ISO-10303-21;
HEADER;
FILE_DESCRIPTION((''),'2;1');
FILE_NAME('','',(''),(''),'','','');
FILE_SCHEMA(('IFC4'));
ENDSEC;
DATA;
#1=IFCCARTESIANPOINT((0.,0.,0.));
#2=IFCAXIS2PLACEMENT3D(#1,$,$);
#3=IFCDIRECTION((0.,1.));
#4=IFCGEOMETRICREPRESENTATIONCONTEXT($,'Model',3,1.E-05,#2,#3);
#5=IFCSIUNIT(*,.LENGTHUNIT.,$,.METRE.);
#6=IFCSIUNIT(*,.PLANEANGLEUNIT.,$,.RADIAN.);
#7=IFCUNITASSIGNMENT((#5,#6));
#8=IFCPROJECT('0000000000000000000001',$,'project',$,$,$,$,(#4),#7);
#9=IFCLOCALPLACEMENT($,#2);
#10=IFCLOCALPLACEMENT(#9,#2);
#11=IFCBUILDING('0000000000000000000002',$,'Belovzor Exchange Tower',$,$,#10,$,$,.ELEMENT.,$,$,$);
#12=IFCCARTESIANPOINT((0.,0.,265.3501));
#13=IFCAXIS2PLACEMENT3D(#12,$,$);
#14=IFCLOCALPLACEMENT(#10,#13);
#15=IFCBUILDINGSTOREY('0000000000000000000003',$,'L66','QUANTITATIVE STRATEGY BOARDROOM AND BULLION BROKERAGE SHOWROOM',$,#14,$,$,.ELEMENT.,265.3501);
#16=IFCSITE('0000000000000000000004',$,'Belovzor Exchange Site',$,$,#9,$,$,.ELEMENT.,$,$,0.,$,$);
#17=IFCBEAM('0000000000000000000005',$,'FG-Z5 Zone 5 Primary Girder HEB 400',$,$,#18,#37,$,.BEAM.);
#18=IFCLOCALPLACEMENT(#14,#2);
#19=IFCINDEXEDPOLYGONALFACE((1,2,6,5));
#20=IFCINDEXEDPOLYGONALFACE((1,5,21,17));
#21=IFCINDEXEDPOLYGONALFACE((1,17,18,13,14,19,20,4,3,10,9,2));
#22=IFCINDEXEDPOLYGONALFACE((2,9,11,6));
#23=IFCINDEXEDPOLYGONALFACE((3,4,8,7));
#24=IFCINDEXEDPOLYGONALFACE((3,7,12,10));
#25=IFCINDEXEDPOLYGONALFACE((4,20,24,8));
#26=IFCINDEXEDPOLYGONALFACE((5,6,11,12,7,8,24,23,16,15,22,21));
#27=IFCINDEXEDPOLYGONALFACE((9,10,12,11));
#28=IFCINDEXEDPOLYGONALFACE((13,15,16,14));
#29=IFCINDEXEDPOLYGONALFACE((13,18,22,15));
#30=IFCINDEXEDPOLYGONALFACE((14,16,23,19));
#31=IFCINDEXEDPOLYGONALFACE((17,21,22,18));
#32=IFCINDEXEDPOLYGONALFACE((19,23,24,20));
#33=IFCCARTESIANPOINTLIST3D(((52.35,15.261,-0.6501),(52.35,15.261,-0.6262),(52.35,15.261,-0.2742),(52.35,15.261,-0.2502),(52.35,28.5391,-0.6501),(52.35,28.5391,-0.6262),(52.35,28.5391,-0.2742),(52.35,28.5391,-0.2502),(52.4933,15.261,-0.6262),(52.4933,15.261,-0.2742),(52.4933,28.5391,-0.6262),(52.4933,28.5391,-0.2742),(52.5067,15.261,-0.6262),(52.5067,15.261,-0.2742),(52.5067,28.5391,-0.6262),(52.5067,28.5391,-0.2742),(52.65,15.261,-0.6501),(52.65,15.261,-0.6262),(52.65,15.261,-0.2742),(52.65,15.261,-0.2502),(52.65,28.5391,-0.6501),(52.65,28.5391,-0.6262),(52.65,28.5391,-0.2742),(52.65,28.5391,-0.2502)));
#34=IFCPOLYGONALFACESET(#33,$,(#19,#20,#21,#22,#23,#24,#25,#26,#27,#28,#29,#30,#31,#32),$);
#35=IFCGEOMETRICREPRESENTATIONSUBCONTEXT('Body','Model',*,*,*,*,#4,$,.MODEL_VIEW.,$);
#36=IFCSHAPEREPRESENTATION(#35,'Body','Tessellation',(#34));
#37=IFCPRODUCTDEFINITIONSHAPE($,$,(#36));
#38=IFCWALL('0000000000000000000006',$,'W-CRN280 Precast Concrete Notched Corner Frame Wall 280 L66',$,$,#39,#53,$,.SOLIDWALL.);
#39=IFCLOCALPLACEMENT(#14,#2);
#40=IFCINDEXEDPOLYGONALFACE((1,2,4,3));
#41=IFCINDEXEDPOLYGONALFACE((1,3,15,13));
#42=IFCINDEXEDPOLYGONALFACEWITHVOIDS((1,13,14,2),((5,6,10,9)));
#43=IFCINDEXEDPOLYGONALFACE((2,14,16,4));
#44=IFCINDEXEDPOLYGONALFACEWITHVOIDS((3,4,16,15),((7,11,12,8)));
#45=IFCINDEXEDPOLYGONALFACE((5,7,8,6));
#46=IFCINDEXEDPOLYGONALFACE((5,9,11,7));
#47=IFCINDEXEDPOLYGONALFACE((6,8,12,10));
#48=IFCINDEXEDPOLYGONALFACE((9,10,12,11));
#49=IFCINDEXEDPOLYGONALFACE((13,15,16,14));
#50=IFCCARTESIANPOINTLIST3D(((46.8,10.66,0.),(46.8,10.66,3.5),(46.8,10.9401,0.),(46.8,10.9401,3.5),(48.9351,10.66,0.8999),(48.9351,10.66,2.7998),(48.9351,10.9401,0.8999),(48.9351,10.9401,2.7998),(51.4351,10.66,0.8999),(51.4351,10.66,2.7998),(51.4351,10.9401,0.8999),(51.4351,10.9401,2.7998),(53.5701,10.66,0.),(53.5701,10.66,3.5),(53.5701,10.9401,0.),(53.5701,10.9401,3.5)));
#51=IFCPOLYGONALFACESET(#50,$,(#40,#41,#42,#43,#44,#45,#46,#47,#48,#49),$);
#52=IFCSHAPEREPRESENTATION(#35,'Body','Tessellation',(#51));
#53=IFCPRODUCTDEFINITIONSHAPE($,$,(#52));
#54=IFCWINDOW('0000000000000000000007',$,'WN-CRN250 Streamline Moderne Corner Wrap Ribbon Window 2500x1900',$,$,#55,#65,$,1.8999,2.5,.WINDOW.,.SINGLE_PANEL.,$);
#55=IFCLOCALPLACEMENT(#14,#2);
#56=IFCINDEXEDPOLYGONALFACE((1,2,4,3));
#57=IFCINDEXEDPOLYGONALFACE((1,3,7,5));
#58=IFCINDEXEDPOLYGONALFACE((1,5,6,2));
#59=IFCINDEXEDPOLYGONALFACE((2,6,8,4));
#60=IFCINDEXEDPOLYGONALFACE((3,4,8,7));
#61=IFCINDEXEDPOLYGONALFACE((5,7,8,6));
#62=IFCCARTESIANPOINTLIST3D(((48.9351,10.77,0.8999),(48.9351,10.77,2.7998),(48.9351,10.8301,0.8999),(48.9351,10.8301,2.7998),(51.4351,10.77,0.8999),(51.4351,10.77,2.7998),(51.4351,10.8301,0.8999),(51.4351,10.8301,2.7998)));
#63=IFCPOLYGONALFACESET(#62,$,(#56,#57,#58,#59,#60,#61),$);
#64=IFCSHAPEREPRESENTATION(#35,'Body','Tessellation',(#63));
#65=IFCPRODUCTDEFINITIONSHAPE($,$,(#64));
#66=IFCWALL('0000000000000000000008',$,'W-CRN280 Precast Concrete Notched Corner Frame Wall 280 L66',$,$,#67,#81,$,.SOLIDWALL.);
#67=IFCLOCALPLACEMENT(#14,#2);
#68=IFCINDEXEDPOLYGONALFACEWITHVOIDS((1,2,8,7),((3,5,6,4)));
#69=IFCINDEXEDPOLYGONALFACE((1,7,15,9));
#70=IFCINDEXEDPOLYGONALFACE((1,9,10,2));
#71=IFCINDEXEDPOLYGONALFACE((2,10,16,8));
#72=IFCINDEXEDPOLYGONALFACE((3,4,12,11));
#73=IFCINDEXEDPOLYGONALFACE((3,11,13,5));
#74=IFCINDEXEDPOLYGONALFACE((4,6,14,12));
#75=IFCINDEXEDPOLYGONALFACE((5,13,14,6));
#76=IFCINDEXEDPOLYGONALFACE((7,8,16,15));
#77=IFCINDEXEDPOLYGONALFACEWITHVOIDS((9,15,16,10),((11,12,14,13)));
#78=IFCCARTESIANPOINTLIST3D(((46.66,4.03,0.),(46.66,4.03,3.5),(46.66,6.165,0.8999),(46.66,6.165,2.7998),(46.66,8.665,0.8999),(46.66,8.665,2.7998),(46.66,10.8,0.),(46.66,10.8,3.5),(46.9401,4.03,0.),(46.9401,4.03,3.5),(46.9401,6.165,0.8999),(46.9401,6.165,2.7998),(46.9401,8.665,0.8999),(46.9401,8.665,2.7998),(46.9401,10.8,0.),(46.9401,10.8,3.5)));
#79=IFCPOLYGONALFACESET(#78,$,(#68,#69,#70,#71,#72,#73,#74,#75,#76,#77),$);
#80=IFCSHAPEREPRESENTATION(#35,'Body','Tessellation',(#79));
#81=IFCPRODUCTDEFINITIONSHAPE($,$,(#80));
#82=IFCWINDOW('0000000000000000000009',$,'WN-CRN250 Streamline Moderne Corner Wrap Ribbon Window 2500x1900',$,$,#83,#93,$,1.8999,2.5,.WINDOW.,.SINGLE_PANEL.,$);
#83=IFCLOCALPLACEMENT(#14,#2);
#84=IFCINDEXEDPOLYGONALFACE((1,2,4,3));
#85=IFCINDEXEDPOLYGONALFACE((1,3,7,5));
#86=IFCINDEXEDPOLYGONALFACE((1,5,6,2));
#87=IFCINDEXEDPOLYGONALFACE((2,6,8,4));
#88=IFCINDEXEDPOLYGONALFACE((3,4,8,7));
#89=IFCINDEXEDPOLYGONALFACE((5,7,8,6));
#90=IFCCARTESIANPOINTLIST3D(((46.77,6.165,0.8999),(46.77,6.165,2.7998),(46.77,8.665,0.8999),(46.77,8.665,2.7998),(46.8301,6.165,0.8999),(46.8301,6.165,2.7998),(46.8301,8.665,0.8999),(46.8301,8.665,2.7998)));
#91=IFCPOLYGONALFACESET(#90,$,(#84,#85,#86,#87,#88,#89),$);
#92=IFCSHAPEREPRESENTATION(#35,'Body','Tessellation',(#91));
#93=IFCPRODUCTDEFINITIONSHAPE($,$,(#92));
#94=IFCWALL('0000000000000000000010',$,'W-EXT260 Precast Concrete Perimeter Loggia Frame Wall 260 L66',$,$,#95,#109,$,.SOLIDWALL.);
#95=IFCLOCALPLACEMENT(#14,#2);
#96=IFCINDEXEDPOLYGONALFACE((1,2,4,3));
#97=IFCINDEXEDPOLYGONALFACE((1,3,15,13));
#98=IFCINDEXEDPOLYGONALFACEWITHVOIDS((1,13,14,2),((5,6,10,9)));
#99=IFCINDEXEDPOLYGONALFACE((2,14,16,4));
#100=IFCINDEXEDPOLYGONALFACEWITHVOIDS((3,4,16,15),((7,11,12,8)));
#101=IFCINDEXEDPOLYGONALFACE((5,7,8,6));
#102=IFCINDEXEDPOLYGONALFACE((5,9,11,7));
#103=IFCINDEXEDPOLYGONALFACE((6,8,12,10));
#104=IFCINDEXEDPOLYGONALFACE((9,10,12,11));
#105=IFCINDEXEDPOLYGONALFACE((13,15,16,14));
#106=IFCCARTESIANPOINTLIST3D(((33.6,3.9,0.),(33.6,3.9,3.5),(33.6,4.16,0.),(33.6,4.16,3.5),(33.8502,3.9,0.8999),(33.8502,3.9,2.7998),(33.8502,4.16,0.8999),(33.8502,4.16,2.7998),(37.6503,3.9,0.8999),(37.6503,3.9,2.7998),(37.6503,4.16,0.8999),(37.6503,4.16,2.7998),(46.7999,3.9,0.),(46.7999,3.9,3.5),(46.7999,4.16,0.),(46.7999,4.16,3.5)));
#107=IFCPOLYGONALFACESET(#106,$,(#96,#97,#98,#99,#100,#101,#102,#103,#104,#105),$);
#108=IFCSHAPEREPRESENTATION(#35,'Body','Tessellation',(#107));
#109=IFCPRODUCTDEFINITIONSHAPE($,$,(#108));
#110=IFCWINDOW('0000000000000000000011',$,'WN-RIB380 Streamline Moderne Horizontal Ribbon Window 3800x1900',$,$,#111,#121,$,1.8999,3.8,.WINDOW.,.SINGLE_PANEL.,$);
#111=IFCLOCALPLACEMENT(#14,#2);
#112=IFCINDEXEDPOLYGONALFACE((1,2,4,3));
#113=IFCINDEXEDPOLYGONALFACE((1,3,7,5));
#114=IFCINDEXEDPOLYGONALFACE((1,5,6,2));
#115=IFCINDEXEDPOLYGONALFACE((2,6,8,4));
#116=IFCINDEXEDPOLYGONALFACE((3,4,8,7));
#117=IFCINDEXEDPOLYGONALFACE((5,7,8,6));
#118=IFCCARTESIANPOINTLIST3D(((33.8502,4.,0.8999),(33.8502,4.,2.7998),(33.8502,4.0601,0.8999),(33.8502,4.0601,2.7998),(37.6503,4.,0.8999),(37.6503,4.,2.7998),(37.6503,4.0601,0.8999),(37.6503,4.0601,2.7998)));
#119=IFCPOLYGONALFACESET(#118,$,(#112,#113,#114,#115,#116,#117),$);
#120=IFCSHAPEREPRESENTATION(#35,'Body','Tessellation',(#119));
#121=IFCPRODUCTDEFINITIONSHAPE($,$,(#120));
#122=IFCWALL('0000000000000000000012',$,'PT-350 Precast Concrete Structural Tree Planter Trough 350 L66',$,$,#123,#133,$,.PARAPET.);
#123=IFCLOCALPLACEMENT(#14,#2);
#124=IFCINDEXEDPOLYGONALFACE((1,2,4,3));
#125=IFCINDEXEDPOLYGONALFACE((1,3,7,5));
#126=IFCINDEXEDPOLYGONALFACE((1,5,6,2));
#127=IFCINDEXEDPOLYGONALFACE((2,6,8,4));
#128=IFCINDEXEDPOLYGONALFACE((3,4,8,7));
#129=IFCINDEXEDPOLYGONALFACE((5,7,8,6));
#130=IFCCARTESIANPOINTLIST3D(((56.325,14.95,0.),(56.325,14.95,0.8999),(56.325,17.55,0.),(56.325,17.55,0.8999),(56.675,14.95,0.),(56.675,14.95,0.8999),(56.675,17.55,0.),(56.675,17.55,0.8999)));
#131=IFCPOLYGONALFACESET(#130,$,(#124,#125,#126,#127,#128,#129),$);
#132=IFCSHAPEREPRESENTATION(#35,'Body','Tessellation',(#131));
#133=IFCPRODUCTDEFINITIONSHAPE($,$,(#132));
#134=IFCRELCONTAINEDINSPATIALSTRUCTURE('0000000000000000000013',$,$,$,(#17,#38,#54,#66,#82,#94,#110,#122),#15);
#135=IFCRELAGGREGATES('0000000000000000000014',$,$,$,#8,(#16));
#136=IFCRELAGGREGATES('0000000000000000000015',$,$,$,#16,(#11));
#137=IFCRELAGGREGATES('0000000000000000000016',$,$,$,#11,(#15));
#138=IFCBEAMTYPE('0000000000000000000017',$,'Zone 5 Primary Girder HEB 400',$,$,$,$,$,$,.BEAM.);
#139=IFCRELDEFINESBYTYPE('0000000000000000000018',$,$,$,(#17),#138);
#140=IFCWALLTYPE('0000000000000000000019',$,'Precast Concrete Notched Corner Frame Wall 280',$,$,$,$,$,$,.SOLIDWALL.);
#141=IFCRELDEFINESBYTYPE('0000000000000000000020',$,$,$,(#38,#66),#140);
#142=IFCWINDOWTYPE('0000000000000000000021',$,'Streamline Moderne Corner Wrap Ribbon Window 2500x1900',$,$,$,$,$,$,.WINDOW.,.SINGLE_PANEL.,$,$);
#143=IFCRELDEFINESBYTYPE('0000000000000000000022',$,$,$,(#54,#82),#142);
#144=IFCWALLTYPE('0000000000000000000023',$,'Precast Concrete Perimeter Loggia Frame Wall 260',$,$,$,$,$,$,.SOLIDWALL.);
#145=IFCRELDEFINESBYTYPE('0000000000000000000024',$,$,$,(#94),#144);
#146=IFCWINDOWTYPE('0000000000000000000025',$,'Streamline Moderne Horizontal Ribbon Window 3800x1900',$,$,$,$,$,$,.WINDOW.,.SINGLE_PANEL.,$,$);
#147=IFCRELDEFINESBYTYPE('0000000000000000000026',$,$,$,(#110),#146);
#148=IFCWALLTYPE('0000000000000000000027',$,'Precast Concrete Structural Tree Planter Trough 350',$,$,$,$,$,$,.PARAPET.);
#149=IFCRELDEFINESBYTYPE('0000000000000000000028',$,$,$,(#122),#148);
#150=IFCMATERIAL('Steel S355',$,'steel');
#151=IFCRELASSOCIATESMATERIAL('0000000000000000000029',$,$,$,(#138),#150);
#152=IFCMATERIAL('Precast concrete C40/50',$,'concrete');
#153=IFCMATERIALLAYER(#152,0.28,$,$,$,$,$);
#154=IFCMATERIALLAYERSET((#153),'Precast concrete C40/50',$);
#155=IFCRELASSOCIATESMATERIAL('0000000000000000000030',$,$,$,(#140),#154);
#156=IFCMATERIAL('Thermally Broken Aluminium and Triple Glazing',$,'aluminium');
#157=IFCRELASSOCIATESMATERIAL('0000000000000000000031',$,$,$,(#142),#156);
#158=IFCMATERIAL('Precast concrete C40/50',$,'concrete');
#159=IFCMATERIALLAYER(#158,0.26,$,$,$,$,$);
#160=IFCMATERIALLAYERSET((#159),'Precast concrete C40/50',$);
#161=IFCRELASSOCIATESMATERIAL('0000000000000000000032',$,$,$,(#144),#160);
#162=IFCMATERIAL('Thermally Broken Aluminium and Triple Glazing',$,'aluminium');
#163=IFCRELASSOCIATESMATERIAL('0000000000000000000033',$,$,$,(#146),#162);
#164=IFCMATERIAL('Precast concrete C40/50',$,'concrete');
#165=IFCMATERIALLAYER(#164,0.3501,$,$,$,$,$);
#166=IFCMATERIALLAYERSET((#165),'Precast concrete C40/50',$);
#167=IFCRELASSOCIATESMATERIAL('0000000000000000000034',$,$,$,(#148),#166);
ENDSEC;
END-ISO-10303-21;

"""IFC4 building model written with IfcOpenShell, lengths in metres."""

from ifc_helpers import new_model, si_unit, direction, frame, frame_2d, origin, origin_2d, place, context, subcontext, project, spatial, rectangle, i_section, extrude, material, layer, layer_set, material_profile, profile_set, type_object, element, fill, save


model = new_model("IFC4")

# Units and contexts
model_context = context("Model", 3, precision=1e-05, world=origin(), true_north=direction((0.0, 1.0)))
body_context = subcontext(model_context, "Body", "Model", "MODEL_VIEW")
ifc_project = project(units=[si_unit("LENGTHUNIT", "METRE"), si_unit("PLANEANGLEUNIT", "RADIAN")], contexts=[model_context])

# Site, building, storey
site_placement = place(None, origin())
site = spatial("IfcSite", under=ifc_project, at=site_placement, Name="Belovzor Exchange Site", CompositionType="ELEMENT", RefElevation=0.0)
building_placement = place(site_placement, origin())
building = spatial("IfcBuilding", under=site, at=building_placement, Name="Belovzor Exchange Tower", CompositionType="ELEMENT")
storey_placement = place(building_placement, frame((0.0, 0.0, 265.3501)))
storey = spatial("IfcBuildingStorey", under=building, at=storey_placement, Name="L66", Description="QUANTITATIVE STRATEGY BOARDROOM AND BULLION BROKERAGE SHOWROOM", CompositionType="ELEMENT", Elevation=265.3501)

# Beam
ifc_material_1 = material(Name="Steel S355", Category="steel")
ifc_material_profile_1 = material_profile(ifc_material_1, i_section(OverallWidth=0.3, OverallDepth=0.3999, WebThickness=0.0134, FlangeThickness=0.0239, at=origin_2d()))
ifc_profile_set_1 = profile_set([ifc_material_profile_1], Name="Steel S355")
beam_type_1 = type_object("IfcBeamType", Name="Zone 5 Primary Girder HEB 400", PredefinedType="BEAM", material=ifc_profile_set_1)
beam_1_placement = place(storey_placement, frame((52.5, 15.261, -0.4502), z_axis=(0.0, 1.0, 0.0), x_axis=(-1.0, 0.0, 0.0)))
element("IfcBeam", 1, at=beam_1_placement, inside=storey, type_object=beam_type_1, Name="FG-Z5 Zone 5 Primary Girder HEB 400", PredefinedType="BEAM", context=body_context, shape_type="SweptSolid", body=[
    extrude(i_section(OverallWidth=0.3, OverallDepth=0.3999, WebThickness=0.0134, FlangeThickness=0.0239, at=origin_2d()), origin(), (0.0, 0.0, 1.0), 13.2781),
])

# Walls, openings, windows
ifc_material_2 = material(Name="Precast concrete C40/50", Category="concrete")
ifc_layer_1 = layer(ifc_material_2, 0.28)
ifc_layer_set_1 = layer_set([ifc_layer_1], Name="Precast concrete C40/50")
wall_type_1 = type_object("IfcWallType", Name="Precast Concrete Notched Corner Frame Wall 280", PredefinedType="SOLIDWALL", material=ifc_layer_set_1)
wall_1_placement = place(storey_placement, frame((53.5701, 10.8, 0.0), z_axis=(0.0, 0.0, 1.0), x_axis=(-1.0, 0.0, 0.0)))
wall_1 = element("IfcWall", 2, at=wall_1_placement, inside=storey, type_object=wall_type_1, Name="W-CRN280 Precast Concrete Notched Corner Frame Wall 280 L66", PredefinedType="SOLIDWALL", context=body_context, shape_type="SweptSolid", body=[
    extrude(rectangle(XDim=6.77, YDim=0.28, at=frame_2d((3.385, 0.0))), origin(), (0.0, 0.0, 1.0), 3.5),
])
opening_1_placement = place(wall_1_placement, frame((2.135, 0.0, 0.8999)))
opening_1 = element("IfcOpeningElement", 3, at=opening_1_placement, cuts=wall_1, PredefinedType="OPENING", context=body_context, shape_type="SweptSolid", body=[
    extrude(rectangle(XDim=2.5, YDim=1.8999, at=frame_2d((1.25, 0.95))), frame((0.0, 0.1499, 0.0), z_axis=(0.0, -1.0, 0.0), x_axis=(1.0, 0.0, 0.0)), (0.0, 0.0, 1.0), 0.3),
])
ifc_material_3 = material(Name="Thermally Broken Aluminium and Triple Glazing", Category="aluminium")
window_type_1 = type_object("IfcWindowType", Name="Streamline Moderne Corner Wrap Ribbon Window 2500x1900", PartitioningType="SINGLE_PANEL", PredefinedType="WINDOW", material=ifc_material_3)
window_1_placement = place(opening_1_placement, origin())
window_1 = element("IfcWindow", 4, at=window_1_placement, inside=storey, type_object=window_type_1, Name="WN-CRN250 Streamline Moderne Corner Wrap Ribbon Window 2500x1900", OverallHeight=1.8999, OverallWidth=2.5, PartitioningType="SINGLE_PANEL", PredefinedType="WINDOW", context=body_context, shape_type="SweptSolid", body=[
    extrude(rectangle(XDim=2.5, YDim=1.8999, at=frame_2d((1.25, 0.95))), frame((0.0, 0.03, 0.0), z_axis=(0.0, -1.0, 0.0), x_axis=(1.0, 0.0, 0.0)), (0.0, 0.0, 1.0), 0.0601),
])
fill(opening_1, window_1)
wall_2_placement = place(storey_placement, frame((46.8, 10.8, 0.0), z_axis=(0.0, 0.0, 1.0), x_axis=(0.0, -1.0, 0.0)))
wall_2 = element("IfcWall", 5, at=wall_2_placement, inside=storey, type_object=wall_type_1, Name="W-CRN280 Precast Concrete Notched Corner Frame Wall 280 L66", PredefinedType="SOLIDWALL", context=body_context, shape_type="SweptSolid", body=[
    extrude(rectangle(XDim=6.77, YDim=0.28, at=frame_2d((3.385, 0.0))), origin(), (0.0, 0.0, 1.0), 3.5),
])
opening_2_placement = place(wall_2_placement, frame((2.135, 0.0, 0.8999)))
opening_2 = element("IfcOpeningElement", 6, at=opening_2_placement, cuts=wall_2, PredefinedType="OPENING", context=body_context, shape_type="SweptSolid", body=[
    extrude(rectangle(XDim=2.5, YDim=1.8999, at=frame_2d((1.25, 0.95))), frame((0.0, 0.1499, 0.0), z_axis=(0.0, -1.0, 0.0), x_axis=(1.0, 0.0, 0.0)), (0.0, 0.0, 1.0), 0.3),
])
window_2_placement = place(opening_2_placement, origin())
window_2 = element("IfcWindow", 7, at=window_2_placement, inside=storey, type_object=window_type_1, Name="WN-CRN250 Streamline Moderne Corner Wrap Ribbon Window 2500x1900", OverallHeight=1.8999, OverallWidth=2.5, PartitioningType="SINGLE_PANEL", PredefinedType="WINDOW", context=body_context, shape_type="SweptSolid", body=[
    extrude(rectangle(XDim=2.5, YDim=1.8999, at=frame_2d((1.25, 0.95))), frame((0.0, 0.03, 0.0), z_axis=(0.0, -1.0, 0.0), x_axis=(1.0, 0.0, 0.0)), (0.0, 0.0, 1.0), 0.0601),
])
fill(opening_2, window_2)
ifc_material_4 = material(Name="Precast concrete C40/50", Category="concrete")
ifc_layer_2 = layer(ifc_material_4, 0.26)
ifc_layer_set_2 = layer_set([ifc_layer_2], Name="Precast concrete C40/50")
wall_type_2 = type_object("IfcWallType", Name="Precast Concrete Perimeter Loggia Frame Wall 260", PredefinedType="SOLIDWALL", material=ifc_layer_set_2)
wall_3_placement = place(storey_placement, frame((46.8, 4.03, 0.0), z_axis=(0.0, 0.0, 1.0), x_axis=(-1.0, 0.0, 0.0)))
wall_3 = element("IfcWall", 8, at=wall_3_placement, inside=storey, type_object=wall_type_2, Name="W-EXT260 Precast Concrete Perimeter Loggia Frame Wall 260 L66", PredefinedType="SOLIDWALL", context=body_context, shape_type="SweptSolid", body=[
    extrude(rectangle(XDim=13.2, YDim=0.26, at=frame_2d((6.6001, 0.0))), origin(), (0.0, 0.0, 1.0), 3.5),
])
opening_3_placement = place(wall_3_placement, frame((9.1499, 0.0, 0.8999)))
opening_3 = element("IfcOpeningElement", 9, at=opening_3_placement, cuts=wall_3, PredefinedType="OPENING", context=body_context, shape_type="SweptSolid", body=[
    extrude(rectangle(XDim=3.8, YDim=1.8999, at=frame_2d((1.8999, 0.95))), frame((0.0, 0.1399, 0.0), z_axis=(0.0, -1.0, 0.0), x_axis=(1.0, 0.0, 0.0)), (0.0, 0.0, 1.0), 0.28),
])
ifc_material_5 = material(Name="Thermally Broken Aluminium and Triple Glazing", Category="aluminium")
window_type_2 = type_object("IfcWindowType", Name="Streamline Moderne Horizontal Ribbon Window 3800x1900", PartitioningType="SINGLE_PANEL", PredefinedType="WINDOW", material=ifc_material_5)
window_3_placement = place(opening_3_placement, origin())
window_3 = element("IfcWindow", 10, at=window_3_placement, inside=storey, type_object=window_type_2, Name="WN-RIB380 Streamline Moderne Horizontal Ribbon Window 3800x1900", OverallHeight=1.8999, OverallWidth=3.8, PartitioningType="SINGLE_PANEL", PredefinedType="WINDOW", context=body_context, shape_type="SweptSolid", body=[
    extrude(rectangle(XDim=3.8, YDim=1.8999, at=frame_2d((1.8999, 0.95))), frame((0.0, 0.03, 0.0), z_axis=(0.0, -1.0, 0.0), x_axis=(1.0, 0.0, 0.0)), (0.0, 0.0, 1.0), 0.0601),
])
fill(opening_3, window_3)

# Wall
ifc_material_6 = material(Name="Precast concrete C40/50", Category="concrete")
ifc_layer_3 = layer(ifc_material_6, 0.3501)
ifc_layer_set_3 = layer_set([ifc_layer_3], Name="Precast concrete C40/50")
wall_type_3 = type_object("IfcWallType", Name="Precast Concrete Structural Tree Planter Trough 350", PredefinedType="PARAPET", material=ifc_layer_set_3)
wall_4_placement = place(storey_placement, frame((56.5, 14.95, 0.0), z_axis=(0.0, 0.0, 1.0), x_axis=(0.0, 1.0, 0.0)))
element("IfcWall", 11, at=wall_4_placement, inside=storey, type_object=wall_type_3, Name="PT-350 Precast Concrete Structural Tree Planter Trough 350 L66", PredefinedType="PARAPET", context=body_context, shape_type="SweptSolid", body=[
    extrude(rectangle(XDim=2.6001, YDim=0.3501, at=frame_2d((1.3, 0.0))), origin(), (0.0, 0.0, 1.0), 0.8999),
])

save(model, "model.ifc")
